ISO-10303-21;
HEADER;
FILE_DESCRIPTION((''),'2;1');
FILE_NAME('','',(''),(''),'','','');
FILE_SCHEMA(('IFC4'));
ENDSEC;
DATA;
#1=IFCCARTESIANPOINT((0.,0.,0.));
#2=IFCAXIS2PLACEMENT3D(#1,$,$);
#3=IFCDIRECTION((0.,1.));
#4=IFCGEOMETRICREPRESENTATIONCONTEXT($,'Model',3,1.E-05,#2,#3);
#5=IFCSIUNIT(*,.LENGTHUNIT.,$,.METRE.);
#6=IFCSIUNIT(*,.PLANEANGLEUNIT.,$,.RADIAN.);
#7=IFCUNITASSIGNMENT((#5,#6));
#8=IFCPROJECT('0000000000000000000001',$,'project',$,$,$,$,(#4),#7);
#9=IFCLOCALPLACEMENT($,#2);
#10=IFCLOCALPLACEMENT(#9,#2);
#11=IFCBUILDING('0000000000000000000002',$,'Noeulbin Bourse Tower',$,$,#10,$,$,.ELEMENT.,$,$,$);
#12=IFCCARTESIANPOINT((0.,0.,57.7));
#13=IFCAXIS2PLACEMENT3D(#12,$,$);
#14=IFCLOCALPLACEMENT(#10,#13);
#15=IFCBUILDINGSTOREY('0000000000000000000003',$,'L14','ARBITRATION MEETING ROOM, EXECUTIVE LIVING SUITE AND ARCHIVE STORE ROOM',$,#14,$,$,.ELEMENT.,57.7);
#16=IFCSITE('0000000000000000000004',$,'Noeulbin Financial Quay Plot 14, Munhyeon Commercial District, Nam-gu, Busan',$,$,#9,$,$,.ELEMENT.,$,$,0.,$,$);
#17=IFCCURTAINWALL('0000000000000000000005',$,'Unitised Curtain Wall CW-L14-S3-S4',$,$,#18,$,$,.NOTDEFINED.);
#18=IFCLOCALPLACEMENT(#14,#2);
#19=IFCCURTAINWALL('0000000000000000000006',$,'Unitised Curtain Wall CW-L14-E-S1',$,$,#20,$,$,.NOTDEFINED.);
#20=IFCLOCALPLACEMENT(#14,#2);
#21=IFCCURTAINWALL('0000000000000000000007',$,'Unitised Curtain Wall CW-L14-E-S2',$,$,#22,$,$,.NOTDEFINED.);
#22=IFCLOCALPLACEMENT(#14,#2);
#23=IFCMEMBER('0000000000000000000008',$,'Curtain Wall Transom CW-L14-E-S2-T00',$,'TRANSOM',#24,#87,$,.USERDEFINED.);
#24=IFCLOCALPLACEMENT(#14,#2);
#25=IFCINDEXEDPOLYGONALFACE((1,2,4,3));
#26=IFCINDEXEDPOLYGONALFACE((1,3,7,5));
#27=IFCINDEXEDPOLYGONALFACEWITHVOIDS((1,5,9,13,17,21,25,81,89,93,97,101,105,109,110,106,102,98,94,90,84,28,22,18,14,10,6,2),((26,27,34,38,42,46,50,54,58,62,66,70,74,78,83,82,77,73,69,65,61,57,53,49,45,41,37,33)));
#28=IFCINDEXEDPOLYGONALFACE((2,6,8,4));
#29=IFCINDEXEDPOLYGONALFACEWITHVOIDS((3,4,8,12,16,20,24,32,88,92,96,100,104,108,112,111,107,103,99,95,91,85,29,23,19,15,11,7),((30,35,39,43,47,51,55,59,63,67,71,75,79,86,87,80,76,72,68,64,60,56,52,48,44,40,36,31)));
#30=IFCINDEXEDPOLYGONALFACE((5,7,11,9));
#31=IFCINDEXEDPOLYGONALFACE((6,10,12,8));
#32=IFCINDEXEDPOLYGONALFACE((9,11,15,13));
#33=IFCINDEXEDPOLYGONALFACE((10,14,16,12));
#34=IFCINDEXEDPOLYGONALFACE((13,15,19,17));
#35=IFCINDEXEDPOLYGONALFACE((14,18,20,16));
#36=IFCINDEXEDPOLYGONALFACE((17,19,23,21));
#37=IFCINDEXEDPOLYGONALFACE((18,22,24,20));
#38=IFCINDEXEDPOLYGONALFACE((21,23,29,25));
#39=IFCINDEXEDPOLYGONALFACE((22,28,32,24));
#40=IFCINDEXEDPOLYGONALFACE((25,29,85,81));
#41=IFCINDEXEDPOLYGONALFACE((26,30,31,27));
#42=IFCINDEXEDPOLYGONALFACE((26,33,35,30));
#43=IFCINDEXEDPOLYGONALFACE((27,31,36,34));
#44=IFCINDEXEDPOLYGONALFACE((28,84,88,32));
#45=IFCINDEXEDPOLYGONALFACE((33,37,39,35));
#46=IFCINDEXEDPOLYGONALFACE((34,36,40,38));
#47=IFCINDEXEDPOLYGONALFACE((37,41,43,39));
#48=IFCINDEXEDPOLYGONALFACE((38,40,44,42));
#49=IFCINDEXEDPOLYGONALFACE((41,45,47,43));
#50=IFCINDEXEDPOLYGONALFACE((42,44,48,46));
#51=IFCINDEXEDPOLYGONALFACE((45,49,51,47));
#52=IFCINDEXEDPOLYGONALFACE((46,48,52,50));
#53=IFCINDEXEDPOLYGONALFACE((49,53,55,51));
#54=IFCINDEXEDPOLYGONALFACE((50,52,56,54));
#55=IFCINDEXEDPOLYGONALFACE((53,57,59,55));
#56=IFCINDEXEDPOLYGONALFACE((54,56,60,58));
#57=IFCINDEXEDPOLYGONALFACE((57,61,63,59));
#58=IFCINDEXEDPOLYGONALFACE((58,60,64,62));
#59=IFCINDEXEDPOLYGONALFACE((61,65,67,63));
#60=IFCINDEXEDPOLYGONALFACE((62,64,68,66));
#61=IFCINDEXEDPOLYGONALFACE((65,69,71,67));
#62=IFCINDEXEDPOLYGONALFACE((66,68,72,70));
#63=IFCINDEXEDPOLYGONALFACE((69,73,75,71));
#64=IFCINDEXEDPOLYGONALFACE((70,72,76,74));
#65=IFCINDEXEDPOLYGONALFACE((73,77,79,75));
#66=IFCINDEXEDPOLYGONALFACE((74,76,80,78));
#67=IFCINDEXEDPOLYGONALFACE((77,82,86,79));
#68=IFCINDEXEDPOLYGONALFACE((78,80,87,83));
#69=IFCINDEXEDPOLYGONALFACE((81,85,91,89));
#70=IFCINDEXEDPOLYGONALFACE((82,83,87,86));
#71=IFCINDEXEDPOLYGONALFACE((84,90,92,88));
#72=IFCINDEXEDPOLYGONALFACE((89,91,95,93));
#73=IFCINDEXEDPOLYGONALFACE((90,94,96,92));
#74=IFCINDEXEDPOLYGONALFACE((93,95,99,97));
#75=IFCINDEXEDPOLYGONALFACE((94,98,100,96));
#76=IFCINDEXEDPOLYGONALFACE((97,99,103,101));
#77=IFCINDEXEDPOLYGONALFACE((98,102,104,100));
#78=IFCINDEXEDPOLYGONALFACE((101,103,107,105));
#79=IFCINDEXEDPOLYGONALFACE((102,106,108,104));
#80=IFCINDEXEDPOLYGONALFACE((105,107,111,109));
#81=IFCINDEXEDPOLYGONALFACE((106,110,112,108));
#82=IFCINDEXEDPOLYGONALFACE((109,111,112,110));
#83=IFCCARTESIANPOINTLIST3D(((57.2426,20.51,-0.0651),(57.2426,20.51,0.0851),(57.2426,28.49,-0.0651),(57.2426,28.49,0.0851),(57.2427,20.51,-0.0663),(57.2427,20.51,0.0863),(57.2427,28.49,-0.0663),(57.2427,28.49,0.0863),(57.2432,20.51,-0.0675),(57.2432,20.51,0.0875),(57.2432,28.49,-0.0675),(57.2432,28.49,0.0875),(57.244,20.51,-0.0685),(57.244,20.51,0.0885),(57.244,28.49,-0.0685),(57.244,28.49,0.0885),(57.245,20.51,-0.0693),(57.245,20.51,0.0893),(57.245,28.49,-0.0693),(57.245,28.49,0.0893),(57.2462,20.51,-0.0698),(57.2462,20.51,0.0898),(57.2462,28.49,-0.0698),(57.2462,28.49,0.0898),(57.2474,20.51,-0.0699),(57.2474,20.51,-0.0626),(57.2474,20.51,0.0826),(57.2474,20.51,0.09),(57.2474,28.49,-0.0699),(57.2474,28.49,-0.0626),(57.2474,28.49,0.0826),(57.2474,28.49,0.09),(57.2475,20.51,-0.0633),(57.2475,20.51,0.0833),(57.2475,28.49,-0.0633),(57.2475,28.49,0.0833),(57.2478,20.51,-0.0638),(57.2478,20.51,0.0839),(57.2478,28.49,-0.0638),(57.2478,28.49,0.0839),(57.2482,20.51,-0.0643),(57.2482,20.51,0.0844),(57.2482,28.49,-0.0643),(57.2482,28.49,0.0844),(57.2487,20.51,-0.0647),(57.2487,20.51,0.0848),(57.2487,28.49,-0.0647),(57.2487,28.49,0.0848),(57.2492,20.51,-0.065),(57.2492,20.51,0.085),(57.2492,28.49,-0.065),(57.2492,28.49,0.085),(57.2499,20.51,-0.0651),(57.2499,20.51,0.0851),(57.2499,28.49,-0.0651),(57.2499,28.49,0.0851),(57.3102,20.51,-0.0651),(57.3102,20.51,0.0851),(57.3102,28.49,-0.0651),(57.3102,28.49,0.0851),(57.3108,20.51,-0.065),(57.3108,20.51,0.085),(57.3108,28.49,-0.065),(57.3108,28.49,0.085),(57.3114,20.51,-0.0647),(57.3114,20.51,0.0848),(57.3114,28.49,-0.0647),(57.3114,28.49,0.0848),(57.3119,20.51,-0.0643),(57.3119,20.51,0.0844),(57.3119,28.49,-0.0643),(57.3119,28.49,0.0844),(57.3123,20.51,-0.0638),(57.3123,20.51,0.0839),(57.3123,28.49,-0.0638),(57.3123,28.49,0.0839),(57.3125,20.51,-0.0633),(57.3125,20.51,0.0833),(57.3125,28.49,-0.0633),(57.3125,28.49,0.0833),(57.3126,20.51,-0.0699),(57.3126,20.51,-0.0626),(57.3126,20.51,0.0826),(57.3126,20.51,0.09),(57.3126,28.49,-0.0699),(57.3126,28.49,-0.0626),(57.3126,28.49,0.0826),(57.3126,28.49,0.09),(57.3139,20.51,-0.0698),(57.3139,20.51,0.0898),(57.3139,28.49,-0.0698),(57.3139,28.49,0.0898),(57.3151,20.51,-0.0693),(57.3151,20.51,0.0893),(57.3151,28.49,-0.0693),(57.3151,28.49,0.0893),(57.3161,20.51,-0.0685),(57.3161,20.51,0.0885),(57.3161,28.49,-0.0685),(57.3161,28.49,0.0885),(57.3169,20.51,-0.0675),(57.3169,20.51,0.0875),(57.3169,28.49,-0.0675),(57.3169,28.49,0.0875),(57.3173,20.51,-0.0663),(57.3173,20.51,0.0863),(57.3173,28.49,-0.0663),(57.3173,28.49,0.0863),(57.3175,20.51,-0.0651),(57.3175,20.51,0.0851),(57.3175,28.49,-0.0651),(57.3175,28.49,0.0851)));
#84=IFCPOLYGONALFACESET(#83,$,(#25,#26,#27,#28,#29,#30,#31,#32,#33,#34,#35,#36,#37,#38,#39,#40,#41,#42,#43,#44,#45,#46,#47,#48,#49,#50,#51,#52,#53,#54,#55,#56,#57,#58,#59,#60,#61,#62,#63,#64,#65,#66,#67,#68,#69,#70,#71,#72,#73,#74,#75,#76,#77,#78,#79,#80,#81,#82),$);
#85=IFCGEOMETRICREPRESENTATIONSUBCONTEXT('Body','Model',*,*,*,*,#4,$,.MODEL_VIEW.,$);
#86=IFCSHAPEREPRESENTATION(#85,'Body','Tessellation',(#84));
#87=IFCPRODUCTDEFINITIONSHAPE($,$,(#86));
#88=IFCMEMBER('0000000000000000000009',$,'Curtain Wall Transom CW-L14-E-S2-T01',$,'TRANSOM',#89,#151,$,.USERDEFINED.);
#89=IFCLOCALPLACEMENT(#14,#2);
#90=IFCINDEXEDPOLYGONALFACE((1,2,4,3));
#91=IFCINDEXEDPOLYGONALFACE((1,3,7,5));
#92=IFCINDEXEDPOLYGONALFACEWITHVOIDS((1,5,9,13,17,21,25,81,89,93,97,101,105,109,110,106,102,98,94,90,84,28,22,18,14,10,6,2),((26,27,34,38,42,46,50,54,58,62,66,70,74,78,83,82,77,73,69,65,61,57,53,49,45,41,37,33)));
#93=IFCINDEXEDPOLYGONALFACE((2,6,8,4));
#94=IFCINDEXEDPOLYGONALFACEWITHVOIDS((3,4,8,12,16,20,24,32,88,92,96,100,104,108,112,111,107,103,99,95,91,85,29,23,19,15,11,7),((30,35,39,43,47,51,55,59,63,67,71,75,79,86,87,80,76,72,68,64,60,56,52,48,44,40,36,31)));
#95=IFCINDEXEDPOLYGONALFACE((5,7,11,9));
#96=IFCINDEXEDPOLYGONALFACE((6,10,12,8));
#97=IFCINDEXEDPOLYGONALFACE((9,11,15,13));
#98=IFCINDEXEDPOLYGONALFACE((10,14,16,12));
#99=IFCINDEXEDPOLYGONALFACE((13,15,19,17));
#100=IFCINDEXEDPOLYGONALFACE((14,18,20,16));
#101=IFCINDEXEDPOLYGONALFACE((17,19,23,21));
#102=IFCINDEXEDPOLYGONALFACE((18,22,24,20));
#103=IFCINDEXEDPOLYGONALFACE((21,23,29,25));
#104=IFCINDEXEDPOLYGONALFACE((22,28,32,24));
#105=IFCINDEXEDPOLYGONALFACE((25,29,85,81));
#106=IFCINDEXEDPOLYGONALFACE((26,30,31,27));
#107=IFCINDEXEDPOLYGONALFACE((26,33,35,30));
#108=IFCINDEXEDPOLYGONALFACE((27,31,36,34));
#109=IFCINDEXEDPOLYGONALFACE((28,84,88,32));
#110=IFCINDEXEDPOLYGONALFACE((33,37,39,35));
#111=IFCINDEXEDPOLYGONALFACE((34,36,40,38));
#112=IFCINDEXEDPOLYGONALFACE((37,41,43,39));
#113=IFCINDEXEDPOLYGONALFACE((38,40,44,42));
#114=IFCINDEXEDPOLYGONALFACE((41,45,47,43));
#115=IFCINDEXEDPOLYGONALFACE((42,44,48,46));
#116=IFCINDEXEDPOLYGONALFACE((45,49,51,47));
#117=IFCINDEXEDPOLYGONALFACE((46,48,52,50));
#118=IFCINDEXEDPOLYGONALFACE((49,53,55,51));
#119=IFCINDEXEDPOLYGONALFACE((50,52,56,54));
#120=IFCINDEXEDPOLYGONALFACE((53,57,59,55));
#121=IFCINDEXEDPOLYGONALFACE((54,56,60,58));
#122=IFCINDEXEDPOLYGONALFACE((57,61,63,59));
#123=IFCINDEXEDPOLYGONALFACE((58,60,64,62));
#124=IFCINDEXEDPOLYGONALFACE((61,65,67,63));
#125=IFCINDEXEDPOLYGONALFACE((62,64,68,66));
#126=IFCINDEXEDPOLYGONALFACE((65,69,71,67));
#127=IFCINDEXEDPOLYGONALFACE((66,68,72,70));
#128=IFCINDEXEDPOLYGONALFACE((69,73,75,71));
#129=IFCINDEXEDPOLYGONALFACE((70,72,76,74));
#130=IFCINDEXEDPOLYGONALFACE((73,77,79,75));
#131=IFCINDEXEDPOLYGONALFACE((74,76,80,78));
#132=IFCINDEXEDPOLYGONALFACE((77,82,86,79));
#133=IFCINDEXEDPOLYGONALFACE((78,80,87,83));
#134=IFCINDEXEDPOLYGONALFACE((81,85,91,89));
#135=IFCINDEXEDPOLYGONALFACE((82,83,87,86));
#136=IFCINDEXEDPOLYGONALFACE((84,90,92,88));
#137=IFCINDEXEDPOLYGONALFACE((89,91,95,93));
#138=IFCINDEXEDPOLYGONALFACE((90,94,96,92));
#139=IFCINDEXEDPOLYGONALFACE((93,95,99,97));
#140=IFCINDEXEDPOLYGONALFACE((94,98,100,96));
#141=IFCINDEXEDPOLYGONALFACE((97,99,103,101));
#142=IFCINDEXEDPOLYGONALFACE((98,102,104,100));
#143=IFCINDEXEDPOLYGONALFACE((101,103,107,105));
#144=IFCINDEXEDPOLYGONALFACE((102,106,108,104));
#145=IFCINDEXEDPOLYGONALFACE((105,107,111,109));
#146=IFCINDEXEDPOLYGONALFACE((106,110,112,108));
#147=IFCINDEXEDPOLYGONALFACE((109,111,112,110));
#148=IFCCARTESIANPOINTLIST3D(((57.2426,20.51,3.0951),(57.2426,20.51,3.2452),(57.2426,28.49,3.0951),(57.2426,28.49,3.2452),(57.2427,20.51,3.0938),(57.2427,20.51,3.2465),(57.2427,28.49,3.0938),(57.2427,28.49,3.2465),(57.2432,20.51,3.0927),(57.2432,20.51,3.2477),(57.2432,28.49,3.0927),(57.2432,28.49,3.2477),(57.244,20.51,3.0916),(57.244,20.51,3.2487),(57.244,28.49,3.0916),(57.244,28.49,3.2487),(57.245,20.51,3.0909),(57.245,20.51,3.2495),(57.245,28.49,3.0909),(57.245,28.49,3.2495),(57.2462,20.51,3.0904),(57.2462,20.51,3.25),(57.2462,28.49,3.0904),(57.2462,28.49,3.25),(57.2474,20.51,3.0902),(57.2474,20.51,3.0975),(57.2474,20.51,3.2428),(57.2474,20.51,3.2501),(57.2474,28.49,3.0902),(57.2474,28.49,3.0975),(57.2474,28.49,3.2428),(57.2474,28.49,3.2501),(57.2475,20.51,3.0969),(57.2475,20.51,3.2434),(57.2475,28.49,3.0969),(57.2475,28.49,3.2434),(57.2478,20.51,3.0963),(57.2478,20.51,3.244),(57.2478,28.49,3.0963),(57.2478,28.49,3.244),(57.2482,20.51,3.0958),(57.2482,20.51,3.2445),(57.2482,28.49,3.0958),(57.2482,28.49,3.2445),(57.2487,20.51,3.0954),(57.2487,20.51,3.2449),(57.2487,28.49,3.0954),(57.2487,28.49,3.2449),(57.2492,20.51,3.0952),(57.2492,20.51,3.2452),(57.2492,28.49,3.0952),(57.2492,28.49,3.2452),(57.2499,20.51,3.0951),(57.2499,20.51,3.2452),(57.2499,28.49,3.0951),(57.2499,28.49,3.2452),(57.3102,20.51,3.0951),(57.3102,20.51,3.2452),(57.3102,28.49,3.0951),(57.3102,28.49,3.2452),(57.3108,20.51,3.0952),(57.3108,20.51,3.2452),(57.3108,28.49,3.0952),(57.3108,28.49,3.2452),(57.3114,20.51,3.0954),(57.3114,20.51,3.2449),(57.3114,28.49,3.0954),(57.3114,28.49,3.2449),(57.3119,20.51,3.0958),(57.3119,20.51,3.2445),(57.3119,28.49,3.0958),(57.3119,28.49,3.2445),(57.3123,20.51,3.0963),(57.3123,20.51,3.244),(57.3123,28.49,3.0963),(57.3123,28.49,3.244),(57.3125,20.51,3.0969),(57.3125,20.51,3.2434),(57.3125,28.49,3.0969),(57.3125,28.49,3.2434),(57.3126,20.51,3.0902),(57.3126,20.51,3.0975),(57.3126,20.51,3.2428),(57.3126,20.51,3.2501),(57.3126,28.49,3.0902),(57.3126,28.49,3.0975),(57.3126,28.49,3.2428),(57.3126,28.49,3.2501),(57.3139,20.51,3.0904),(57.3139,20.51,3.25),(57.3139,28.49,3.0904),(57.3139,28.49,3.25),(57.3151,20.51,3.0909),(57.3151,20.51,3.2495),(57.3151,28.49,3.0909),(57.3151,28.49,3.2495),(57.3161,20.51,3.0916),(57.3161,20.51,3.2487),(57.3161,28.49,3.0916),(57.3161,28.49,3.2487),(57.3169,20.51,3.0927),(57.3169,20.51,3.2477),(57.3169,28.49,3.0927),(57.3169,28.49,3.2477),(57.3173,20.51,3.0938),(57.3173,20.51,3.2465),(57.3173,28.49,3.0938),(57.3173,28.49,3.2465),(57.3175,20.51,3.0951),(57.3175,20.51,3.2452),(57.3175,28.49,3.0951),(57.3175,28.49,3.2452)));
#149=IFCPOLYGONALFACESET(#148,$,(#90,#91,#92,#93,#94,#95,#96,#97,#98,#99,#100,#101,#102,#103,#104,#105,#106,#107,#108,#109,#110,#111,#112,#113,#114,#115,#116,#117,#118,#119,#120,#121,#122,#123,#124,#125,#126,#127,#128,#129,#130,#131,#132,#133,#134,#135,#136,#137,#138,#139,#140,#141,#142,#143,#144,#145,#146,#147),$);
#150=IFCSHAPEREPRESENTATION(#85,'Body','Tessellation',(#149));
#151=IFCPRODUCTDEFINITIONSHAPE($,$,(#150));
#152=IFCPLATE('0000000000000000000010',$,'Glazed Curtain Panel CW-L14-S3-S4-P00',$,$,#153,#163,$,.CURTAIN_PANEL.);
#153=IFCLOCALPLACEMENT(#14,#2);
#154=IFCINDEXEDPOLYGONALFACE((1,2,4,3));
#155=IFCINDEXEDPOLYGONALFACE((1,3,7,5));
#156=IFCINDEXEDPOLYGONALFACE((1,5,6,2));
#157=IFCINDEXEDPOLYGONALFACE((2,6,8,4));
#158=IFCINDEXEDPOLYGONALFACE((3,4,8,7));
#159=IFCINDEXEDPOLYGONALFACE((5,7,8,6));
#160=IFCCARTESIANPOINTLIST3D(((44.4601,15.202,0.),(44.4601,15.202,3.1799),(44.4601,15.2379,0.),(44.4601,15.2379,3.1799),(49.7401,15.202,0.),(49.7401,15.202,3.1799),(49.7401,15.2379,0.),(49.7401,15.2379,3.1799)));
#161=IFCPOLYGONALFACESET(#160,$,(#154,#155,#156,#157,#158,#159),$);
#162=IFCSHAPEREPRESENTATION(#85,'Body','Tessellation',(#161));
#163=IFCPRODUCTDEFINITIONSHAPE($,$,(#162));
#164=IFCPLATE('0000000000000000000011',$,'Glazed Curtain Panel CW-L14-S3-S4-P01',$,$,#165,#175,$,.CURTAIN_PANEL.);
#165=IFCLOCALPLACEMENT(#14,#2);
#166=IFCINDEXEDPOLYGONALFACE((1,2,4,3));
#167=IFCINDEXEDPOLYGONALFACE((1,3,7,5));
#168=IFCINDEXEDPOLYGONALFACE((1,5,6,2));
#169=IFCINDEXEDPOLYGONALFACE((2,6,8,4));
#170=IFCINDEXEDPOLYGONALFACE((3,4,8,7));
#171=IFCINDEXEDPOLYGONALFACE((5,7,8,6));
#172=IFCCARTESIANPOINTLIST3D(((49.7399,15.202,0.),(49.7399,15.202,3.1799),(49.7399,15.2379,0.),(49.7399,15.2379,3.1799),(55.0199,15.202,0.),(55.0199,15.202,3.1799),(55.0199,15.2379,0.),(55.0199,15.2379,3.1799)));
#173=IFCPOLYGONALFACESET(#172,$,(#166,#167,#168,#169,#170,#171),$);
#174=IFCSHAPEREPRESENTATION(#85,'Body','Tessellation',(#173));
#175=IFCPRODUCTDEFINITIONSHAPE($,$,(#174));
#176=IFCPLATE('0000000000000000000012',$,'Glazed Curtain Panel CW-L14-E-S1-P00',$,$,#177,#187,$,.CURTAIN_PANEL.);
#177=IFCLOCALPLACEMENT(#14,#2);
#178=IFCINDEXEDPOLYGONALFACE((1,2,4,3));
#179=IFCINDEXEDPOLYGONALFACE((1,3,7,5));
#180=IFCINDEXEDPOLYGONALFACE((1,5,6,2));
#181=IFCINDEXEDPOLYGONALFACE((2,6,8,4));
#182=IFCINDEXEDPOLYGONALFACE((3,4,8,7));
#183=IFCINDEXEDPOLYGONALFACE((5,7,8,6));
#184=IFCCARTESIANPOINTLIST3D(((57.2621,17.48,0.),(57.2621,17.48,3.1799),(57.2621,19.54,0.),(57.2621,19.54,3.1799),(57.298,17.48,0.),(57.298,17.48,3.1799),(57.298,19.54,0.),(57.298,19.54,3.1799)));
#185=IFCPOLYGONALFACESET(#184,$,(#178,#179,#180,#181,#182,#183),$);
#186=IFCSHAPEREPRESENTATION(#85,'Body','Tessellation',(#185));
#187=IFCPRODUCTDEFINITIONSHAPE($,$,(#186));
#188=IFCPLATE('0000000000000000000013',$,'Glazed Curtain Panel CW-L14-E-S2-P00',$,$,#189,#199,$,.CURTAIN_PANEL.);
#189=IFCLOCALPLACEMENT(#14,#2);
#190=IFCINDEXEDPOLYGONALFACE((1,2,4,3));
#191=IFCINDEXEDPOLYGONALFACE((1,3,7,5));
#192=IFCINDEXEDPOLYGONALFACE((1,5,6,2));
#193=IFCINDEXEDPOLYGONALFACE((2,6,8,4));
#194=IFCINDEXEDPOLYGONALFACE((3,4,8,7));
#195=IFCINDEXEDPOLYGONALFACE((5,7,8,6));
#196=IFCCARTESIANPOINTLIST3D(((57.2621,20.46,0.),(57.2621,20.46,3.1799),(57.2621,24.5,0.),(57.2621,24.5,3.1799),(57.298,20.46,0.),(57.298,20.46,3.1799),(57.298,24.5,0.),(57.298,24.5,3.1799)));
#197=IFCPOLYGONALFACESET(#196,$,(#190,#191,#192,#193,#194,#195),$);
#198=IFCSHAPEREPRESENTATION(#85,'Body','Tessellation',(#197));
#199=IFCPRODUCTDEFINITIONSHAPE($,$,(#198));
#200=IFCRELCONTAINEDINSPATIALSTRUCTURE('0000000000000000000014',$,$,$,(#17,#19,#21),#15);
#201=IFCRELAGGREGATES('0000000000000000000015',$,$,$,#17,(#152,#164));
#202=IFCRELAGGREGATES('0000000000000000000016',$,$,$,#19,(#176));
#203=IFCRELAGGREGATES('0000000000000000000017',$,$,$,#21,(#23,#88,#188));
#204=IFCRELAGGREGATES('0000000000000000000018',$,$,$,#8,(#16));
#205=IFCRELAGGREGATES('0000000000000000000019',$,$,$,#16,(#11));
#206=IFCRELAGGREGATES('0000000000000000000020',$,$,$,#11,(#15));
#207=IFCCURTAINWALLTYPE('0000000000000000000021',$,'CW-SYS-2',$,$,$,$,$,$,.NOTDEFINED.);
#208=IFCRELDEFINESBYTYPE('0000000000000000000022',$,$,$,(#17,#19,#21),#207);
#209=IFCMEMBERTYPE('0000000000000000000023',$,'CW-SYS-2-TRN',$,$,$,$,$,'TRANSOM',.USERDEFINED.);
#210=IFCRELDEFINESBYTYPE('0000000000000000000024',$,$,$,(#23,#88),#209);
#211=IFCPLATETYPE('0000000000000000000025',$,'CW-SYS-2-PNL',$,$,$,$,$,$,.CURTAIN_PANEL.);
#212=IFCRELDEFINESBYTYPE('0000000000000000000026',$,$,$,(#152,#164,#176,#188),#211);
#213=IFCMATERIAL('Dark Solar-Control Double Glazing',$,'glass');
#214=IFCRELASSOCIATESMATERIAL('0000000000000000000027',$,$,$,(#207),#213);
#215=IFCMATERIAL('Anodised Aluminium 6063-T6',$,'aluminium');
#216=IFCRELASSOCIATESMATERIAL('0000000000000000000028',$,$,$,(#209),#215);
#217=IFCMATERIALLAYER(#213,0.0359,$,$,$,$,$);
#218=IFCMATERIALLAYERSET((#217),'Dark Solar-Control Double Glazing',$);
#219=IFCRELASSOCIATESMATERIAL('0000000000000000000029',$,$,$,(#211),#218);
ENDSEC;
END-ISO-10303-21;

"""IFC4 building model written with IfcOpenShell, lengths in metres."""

from ifc_helpers import new_model, si_unit, direction, frame, origin, origin_2d, place, context, subcontext, project, spatial, rectangle, hollow_rectangle, extrude, material, layer, layer_set, material_profile, profile_set, type_object, element, aggregate, save


model = new_model("IFC4")

# Units and contexts
model_context = context("Model", 3, precision=1e-05, world=origin(), true_north=direction((0.0, 1.0)))
body_context = subcontext(model_context, "Body", "Model", "MODEL_VIEW")
ifc_project = project(units=[si_unit("LENGTHUNIT", "METRE"), si_unit("PLANEANGLEUNIT", "RADIAN")], contexts=[model_context])

# Site, building, storey
site_placement = place(None, origin())
site = spatial("IfcSite", under=ifc_project, at=site_placement, Name="Noeulbin Financial Quay Plot 14, Munhyeon Commercial District, Nam-gu, Busan", CompositionType="ELEMENT", RefElevation=0.0)
building_placement = place(site_placement, origin())
building = spatial("IfcBuilding", under=site, at=building_placement, Name="Noeulbin Bourse Tower", CompositionType="ELEMENT")
storey_placement = place(building_placement, frame((0.0, 0.0, 57.7)))
storey = spatial("IfcBuildingStorey", under=building, at=storey_placement, Name="L14", Description="ARBITRATION MEETING ROOM, EXECUTIVE LIVING SUITE AND ARCHIVE STORE ROOM", CompositionType="ELEMENT", Elevation=57.7)

# Curtain walls
ifc_material_1 = material(Name="Dark Solar-Control Double Glazing", Category="glass")
curtain_wall_type = type_object("IfcCurtainWallType", Name="CW-SYS-2", PredefinedType="NOTDEFINED", material=ifc_material_1)
curtain_wall_1_placement = place(storey_placement, origin())
curtain_wall_1 = element("IfcCurtainWall", 1, at=curtain_wall_1_placement, inside=storey, type_object=curtain_wall_type, Name="Unitised Curtain Wall CW-L14-S3-S4", PredefinedType="NOTDEFINED")
ifc_material_2 = material(Name="Anodised Aluminium 6063-T6", Category="aluminium")
curtain_wall_2_placement = place(storey_placement, origin())
curtain_wall_2 = element("IfcCurtainWall", 2, at=curtain_wall_2_placement, inside=storey, type_object=curtain_wall_type, Name="Unitised Curtain Wall CW-L14-E-S1", PredefinedType="NOTDEFINED")
curtain_wall_3_placement = place(storey_placement, origin())
curtain_wall_3 = element("IfcCurtainWall", 3, at=curtain_wall_3_placement, inside=storey, type_object=curtain_wall_type, Name="Unitised Curtain Wall CW-L14-E-S2", PredefinedType="NOTDEFINED")

# Members
ifc_material_profile_1 = material_profile(ifc_material_2, hollow_rectangle(XDim=0.075, YDim=0.1599, WallThickness=0.0049, InnerFilletRadius=0.0024, OuterFilletRadius=0.0049, at=origin_2d()), Name="ALU-TRAN-75x160x5", Category="LoadBearing")
ifc_profile_set_1 = profile_set([ifc_material_profile_1], Name="Anodised Aluminium 6063-T6")
member_type_1 = type_object("IfcMemberType", Name="CW-SYS-2-TRN", ElementType="TRANSOM", PredefinedType="USERDEFINED", material=ifc_profile_set_1)
member_1_placement = place(storey_placement, frame((57.28, 20.51, 0.01), z_axis=(0.0, 1.0, 0.0), x_axis=(-1.0, 0.0, 0.0)))
member_1 = element("IfcMember", 4, at=member_1_placement, type_object=member_type_1, Name="Curtain Wall Transom CW-L14-E-S2-T00", ObjectType="TRANSOM", PredefinedType="USERDEFINED", context=body_context, shape_type="SweptSolid", body=[
    extrude(hollow_rectangle(XDim=0.075, YDim=0.1599, WallThickness=0.0049, InnerFilletRadius=0.0024, OuterFilletRadius=0.0049, at=origin_2d()), origin(), (0.0, 0.0, 1.0), 7.98),
])
member_2_placement = place(storey_placement, frame((57.28, 20.51, 3.1702), z_axis=(0.0, 1.0, 0.0), x_axis=(-1.0, 0.0, 0.0)))
member_2 = element("IfcMember", 5, at=member_2_placement, type_object=member_type_1, Name="Curtain Wall Transom CW-L14-E-S2-T01", ObjectType="TRANSOM", PredefinedType="USERDEFINED", context=body_context, shape_type="SweptSolid", body=[
    extrude(hollow_rectangle(XDim=0.075, YDim=0.1599, WallThickness=0.0049, InnerFilletRadius=0.0024, OuterFilletRadius=0.0049, at=origin_2d()), origin(), (0.0, 0.0, 1.0), 7.98),
])

# Plates
ifc_layer_1 = layer(ifc_material_1, 0.0359)
ifc_layer_set_1 = layer_set([ifc_layer_1], Name="Dark Solar-Control Double Glazing")
plate_type_1 = type_object("IfcPlateType", Name="CW-SYS-2-PNL", PredefinedType="CURTAIN_PANEL", material=ifc_layer_set_1)
plate_1_placement = place(storey_placement, frame((47.1001, 15.22, 0.0), z_axis=(0.0, 0.0, 1.0), x_axis=(1.0, 0.0, 0.0)))
plate_1 = element("IfcPlate", 6, at=plate_1_placement, type_object=plate_type_1, Name="Glazed Curtain Panel CW-L14-S3-S4-P00", PredefinedType="CURTAIN_PANEL", context=body_context, shape_type="SweptSolid", body=[
    extrude(rectangle(XDim=5.28, YDim=0.0359, at=origin_2d()), origin(), (0.0, 0.0, 1.0), 3.1799),
])
plate_2_placement = place(storey_placement, frame((52.3799, 15.22, 0.0), z_axis=(0.0, 0.0, 1.0), x_axis=(1.0, 0.0, 0.0)))
plate_2 = element("IfcPlate", 7, at=plate_2_placement, type_object=plate_type_1, Name="Glazed Curtain Panel CW-L14-S3-S4-P01", PredefinedType="CURTAIN_PANEL", context=body_context, shape_type="SweptSolid", body=[
    extrude(rectangle(XDim=5.28, YDim=0.0359, at=origin_2d()), origin(), (0.0, 0.0, 1.0), 3.1799),
])
aggregate(curtain_wall_1, [plate_1, plate_2])
plate_3_placement = place(storey_placement, frame((57.28, 18.51, 0.0), z_axis=(0.0, 0.0, 1.0), x_axis=(0.0, 1.0, 0.0)))
plate_3 = element("IfcPlate", 8, at=plate_3_placement, type_object=plate_type_1, Name="Glazed Curtain Panel CW-L14-E-S1-P00", PredefinedType="CURTAIN_PANEL", context=body_context, shape_type="SweptSolid", body=[
    extrude(rectangle(XDim=2.0601, YDim=0.0359, at=origin_2d()), origin(), (0.0, 0.0, 1.0), 3.1799),
])
aggregate(curtain_wall_2, [plate_3])
plate_4_placement = place(storey_placement, frame((57.28, 22.48, 0.0), z_axis=(0.0, 0.0, 1.0), x_axis=(0.0, 1.0, 0.0)))
plate_4 = element("IfcPlate", 9, at=plate_4_placement, type_object=plate_type_1, Name="Glazed Curtain Panel CW-L14-E-S2-P00", PredefinedType="CURTAIN_PANEL", context=body_context, shape_type="SweptSolid", body=[
    extrude(rectangle(XDim=4.04, YDim=0.0359, at=origin_2d()), origin(), (0.0, 0.0, 1.0), 3.1799),
])
aggregate(curtain_wall_3, [member_1, member_2, plate_4])

save(model, "model.ifc")
